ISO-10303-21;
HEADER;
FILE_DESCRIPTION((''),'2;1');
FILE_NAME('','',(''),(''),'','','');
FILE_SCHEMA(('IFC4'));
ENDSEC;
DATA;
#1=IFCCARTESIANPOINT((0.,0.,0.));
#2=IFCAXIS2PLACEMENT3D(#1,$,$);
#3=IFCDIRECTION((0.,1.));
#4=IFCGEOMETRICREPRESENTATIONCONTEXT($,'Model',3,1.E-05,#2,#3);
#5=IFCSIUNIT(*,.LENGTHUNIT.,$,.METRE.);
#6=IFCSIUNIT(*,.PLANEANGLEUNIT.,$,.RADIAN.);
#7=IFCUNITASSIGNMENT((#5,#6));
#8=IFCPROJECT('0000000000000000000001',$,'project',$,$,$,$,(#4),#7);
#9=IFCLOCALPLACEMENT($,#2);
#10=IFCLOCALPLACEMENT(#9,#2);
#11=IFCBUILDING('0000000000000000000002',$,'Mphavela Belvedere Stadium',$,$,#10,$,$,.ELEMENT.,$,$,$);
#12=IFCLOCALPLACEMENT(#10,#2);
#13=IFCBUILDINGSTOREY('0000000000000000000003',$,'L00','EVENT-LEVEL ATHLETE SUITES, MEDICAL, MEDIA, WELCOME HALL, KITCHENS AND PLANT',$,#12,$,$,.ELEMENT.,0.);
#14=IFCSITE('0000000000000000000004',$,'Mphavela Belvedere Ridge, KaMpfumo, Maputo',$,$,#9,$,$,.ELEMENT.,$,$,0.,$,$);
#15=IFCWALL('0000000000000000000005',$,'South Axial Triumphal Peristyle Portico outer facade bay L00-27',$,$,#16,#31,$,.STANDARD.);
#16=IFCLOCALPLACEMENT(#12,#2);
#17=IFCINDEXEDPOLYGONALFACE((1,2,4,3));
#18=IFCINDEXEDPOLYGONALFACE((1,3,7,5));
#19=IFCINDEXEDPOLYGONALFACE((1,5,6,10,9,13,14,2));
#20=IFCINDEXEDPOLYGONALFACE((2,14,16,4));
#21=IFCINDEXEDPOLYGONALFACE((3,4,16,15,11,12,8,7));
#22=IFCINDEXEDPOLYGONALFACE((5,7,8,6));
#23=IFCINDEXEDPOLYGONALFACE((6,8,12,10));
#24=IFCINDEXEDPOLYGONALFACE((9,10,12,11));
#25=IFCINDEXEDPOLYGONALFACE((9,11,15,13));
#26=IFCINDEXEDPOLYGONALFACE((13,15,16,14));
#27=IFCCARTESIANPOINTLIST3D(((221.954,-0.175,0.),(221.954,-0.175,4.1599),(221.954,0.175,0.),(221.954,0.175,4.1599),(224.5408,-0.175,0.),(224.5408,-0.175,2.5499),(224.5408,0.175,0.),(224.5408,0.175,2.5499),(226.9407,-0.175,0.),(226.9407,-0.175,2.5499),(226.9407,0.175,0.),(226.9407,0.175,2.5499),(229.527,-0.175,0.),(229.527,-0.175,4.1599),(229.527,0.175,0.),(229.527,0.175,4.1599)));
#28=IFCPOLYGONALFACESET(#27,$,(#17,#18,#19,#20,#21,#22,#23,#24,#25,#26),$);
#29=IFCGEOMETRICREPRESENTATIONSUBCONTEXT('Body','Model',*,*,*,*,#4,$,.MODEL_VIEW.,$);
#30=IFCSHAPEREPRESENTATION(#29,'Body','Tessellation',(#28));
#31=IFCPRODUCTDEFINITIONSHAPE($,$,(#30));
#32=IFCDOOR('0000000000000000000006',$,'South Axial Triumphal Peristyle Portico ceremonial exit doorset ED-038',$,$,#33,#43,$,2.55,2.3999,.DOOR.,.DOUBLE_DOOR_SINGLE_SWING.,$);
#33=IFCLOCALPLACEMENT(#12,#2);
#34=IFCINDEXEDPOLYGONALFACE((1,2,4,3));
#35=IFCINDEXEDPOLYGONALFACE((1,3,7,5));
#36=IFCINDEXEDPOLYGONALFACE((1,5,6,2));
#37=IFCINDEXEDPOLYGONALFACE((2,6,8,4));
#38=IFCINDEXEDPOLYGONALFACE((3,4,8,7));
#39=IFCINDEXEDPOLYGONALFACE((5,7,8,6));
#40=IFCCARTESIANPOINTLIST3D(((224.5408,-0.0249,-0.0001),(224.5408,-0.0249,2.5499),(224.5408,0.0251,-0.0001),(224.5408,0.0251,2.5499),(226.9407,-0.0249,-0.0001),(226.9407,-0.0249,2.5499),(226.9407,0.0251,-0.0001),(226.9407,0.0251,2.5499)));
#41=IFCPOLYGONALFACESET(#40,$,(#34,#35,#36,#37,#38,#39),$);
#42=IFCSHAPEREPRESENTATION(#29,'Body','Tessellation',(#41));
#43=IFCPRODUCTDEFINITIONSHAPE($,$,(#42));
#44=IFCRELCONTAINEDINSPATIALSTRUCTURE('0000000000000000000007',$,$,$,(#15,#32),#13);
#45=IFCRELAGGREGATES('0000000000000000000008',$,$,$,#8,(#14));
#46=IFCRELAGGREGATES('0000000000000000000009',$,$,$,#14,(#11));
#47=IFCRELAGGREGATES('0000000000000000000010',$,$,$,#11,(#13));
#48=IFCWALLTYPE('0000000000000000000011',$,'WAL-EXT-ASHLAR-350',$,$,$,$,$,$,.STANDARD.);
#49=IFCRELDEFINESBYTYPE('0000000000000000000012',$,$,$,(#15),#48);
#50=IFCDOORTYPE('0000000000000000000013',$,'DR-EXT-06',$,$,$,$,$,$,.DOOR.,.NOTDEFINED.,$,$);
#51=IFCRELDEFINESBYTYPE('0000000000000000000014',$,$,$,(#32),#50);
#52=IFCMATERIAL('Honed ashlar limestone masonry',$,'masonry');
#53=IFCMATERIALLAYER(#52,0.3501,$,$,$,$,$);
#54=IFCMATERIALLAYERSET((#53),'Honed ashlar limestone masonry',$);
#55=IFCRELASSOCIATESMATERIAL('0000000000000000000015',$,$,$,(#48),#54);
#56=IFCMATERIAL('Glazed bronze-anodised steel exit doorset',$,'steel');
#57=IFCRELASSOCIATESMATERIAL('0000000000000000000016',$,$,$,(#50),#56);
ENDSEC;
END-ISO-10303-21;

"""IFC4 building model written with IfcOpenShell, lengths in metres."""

from ifc_helpers import new_model, si_unit, direction, frame, frame_2d, origin, place, context, subcontext, project, spatial, rectangle, extrude, material, layer, layer_set, type_object, element, fill, save


model = new_model("IFC4")

# Units and contexts
model_context = context("Model", 3, precision=1e-05, world=origin(), true_north=direction((0.0, 1.0)))
body_context = subcontext(model_context, "Body", "Model", "MODEL_VIEW")
ifc_project = project(units=[si_unit("LENGTHUNIT", "METRE"), si_unit("PLANEANGLEUNIT", "RADIAN")], contexts=[model_context])

# Site, building, storey
site_placement = place(None, origin())
site = spatial("IfcSite", under=ifc_project, at=site_placement, Name="Mphavela Belvedere Ridge, KaMpfumo, Maputo", CompositionType="ELEMENT", RefElevation=0.0)
building_placement = place(site_placement, origin())
building = spatial("IfcBuilding", under=site, at=building_placement, Name="Mphavela Belvedere Stadium", CompositionType="ELEMENT")
storey_placement = place(building_placement, origin())
storey = spatial("IfcBuildingStorey", under=building, at=storey_placement, Name="L00", Description="EVENT-LEVEL ATHLETE SUITES, MEDICAL, MEDIA, WELCOME HALL, KITCHENS AND PLANT", CompositionType="ELEMENT", Elevation=0.0)

# Wall, opening, door
ifc_material_1 = material(Name="Honed ashlar limestone masonry", Category="masonry")
ifc_layer = layer(ifc_material_1, 0.3501)
ifc_layer_set = layer_set([ifc_layer], Name="Honed ashlar limestone masonry")
wall_type = type_object("IfcWallType", Name="WAL-EXT-ASHLAR-350", PredefinedType="STANDARD", material=ifc_layer_set)
wall_placement = place(storey_placement, frame((229.5271, 0.0, 0.0), z_axis=(0.0, 0.0, 1.0), x_axis=(-1.0, 0.0, 0.0)))
wall = element("IfcWall", 1, at=wall_placement, inside=storey, type_object=wall_type, Name="South Axial Triumphal Peristyle Portico outer facade bay L00-27", PredefinedType="STANDARD", context=body_context, shape_type="SweptSolid", body=[
    extrude(rectangle(XDim=7.573, YDim=0.3501, at=frame_2d((3.7866, 0.0))), origin(), (0.0, 0.0, 1.0), 4.1599),
])
opening_placement = place(wall_placement, frame((2.5864, 0.0, 0.0)))
opening = element("IfcOpeningElement", 2, at=opening_placement, cuts=wall, PredefinedType="OPENING", context=body_context, shape_type="SweptSolid", body=[
    extrude(rectangle(XDim=2.3999, YDim=2.55, at=frame_2d((1.2, 1.2749))), frame((0.0, 0.1851, 0.0), z_axis=(0.0, -1.0, 0.0), x_axis=(1.0, 0.0, 0.0)), (0.0, 0.0, 1.0), 0.3701),
])
ifc_material_2 = material(Name="Glazed bronze-anodised steel exit doorset", Category="steel")
door_type = type_object("IfcDoorType", Name="DR-EXT-06", OperationType="NOTDEFINED", PredefinedType="DOOR", material=ifc_material_2)
door_placement = place(opening_placement, origin())
door = element("IfcDoor", 3, at=door_placement, inside=storey, type_object=door_type, Name="South Axial Triumphal Peristyle Portico ceremonial exit doorset ED-038", OperationType="DOUBLE_DOOR_SINGLE_SWING", OverallHeight=2.55, OverallWidth=2.3999, PredefinedType="DOOR", context=body_context, shape_type="SweptSolid", body=[
    extrude(rectangle(XDim=2.3999, YDim=2.55, at=frame_2d((1.2, 1.2749))), frame((0.0, 0.0249, 0.0), z_axis=(0.0, -1.0, 0.0), x_axis=(1.0, 0.0, 0.0)), (0.0, 0.0, 1.0), 0.05),
])
fill(opening, door)

save(model, "model.ifc")
